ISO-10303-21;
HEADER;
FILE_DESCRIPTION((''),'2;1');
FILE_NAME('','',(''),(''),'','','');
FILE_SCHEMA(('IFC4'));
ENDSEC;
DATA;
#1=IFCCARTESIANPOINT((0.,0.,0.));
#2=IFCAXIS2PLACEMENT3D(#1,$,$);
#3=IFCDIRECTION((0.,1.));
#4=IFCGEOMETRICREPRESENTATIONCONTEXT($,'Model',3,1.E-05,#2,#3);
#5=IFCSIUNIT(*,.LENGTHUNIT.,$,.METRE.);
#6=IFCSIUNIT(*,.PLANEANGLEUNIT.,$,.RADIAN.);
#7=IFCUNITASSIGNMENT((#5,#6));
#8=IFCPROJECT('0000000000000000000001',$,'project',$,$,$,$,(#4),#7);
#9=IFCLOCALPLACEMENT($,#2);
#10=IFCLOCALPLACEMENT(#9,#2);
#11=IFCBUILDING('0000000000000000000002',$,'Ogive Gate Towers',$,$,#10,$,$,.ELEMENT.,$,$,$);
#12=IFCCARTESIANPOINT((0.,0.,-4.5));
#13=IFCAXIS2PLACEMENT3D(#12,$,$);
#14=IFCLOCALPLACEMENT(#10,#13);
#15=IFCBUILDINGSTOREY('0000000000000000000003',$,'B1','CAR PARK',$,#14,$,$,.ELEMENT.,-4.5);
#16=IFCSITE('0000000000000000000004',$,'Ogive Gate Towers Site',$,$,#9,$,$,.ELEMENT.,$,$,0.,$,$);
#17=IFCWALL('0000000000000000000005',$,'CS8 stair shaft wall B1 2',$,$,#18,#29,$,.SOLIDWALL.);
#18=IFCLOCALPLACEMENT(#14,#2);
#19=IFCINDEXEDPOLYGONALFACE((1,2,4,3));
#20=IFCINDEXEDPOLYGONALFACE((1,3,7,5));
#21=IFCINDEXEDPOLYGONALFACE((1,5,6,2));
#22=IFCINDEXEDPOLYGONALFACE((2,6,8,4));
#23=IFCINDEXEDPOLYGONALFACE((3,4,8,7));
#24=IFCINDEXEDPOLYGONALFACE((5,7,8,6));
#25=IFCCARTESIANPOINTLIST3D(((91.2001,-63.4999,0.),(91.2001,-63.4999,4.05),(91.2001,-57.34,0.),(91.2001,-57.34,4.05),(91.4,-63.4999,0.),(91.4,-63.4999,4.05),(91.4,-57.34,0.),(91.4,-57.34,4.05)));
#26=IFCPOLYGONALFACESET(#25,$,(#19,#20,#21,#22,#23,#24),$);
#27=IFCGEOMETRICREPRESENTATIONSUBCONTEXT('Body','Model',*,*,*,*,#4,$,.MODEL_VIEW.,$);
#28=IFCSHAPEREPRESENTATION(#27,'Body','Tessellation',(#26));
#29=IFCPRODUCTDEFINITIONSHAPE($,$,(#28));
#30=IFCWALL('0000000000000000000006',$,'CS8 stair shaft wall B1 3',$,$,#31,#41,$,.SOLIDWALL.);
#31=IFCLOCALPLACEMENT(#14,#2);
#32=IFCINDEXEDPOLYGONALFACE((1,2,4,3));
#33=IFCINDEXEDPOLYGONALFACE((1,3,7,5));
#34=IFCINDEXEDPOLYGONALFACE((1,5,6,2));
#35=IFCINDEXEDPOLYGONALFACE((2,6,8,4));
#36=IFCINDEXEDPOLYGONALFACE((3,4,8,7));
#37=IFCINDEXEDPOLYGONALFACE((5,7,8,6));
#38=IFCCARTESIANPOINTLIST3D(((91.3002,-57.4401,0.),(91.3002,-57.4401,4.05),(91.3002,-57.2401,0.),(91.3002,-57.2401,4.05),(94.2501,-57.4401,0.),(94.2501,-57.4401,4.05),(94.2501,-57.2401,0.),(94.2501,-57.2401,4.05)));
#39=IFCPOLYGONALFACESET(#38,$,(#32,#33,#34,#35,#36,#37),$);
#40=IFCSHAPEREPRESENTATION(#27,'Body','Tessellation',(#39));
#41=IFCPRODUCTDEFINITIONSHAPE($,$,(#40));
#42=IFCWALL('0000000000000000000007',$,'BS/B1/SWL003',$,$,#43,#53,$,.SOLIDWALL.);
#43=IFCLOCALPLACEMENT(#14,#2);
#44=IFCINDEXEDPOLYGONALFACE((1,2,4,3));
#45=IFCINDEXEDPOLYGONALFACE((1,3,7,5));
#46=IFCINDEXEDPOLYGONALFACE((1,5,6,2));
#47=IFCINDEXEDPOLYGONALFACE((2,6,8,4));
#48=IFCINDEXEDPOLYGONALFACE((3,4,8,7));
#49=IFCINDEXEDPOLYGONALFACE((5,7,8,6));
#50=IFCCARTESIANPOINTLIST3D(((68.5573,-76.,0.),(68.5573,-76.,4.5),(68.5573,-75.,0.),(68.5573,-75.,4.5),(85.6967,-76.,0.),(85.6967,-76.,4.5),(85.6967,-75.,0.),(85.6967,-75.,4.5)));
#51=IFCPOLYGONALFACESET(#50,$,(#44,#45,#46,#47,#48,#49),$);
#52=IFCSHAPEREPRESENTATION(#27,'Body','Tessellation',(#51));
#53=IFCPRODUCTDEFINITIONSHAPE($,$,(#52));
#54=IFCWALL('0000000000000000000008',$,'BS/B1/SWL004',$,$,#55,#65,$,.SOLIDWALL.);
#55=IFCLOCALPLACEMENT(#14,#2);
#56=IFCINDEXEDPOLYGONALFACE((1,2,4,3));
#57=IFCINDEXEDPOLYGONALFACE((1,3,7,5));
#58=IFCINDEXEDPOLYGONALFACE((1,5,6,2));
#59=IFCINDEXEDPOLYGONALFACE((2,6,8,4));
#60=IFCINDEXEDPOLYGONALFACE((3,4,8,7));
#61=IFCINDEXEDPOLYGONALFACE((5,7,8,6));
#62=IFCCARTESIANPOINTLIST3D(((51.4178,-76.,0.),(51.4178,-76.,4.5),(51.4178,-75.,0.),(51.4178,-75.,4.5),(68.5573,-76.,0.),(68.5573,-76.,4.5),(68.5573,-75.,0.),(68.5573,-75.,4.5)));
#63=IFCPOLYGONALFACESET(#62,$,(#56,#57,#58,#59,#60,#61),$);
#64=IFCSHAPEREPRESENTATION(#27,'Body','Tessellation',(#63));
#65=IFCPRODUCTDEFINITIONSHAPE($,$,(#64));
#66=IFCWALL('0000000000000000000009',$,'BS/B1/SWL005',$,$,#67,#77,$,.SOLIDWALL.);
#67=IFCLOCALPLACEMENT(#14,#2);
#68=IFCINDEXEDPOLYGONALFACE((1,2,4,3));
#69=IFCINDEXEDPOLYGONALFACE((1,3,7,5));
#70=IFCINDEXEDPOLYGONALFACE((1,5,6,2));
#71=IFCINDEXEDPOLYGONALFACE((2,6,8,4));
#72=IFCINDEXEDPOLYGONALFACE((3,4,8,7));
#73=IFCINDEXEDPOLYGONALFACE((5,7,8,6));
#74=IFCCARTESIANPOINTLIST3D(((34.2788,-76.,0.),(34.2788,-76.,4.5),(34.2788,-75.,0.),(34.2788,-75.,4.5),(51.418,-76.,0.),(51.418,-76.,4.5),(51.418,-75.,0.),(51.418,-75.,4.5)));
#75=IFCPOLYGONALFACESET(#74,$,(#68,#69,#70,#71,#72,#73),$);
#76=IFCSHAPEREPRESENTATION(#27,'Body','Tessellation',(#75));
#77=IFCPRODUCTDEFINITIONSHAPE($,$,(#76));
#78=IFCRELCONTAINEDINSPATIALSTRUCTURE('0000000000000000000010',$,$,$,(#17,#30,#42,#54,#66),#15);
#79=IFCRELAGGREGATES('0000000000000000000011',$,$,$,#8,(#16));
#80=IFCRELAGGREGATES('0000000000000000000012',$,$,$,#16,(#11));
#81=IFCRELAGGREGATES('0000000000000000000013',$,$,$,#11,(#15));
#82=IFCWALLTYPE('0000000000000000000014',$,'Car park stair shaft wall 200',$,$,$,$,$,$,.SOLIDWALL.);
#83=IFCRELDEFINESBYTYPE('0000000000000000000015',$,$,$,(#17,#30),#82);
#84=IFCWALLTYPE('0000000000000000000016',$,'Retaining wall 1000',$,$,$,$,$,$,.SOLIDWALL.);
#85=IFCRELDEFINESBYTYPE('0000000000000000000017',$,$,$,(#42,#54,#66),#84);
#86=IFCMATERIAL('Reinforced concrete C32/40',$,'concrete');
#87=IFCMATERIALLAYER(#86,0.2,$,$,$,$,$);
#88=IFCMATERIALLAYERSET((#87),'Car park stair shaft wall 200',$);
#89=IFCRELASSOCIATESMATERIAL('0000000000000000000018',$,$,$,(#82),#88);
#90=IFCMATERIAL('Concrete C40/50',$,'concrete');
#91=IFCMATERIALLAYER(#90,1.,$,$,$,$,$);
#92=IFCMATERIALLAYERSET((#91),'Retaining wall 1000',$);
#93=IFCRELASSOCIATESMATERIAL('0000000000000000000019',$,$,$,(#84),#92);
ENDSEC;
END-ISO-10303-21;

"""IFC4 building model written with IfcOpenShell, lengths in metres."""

from ifc_helpers import new_model, si_unit, direction, frame, frame_2d, origin, place, context, subcontext, project, spatial, rectangle, extrude, material, layer, layer_set, type_object, element, save


model = new_model("IFC4")

# Units and contexts
model_context = context("Model", 3, precision=1e-05, world=origin(), true_north=direction((0.0, 1.0)))
body_context = subcontext(model_context, "Body", "Model", "MODEL_VIEW")
ifc_project = project(units=[si_unit("LENGTHUNIT", "METRE"), si_unit("PLANEANGLEUNIT", "RADIAN")], contexts=[model_context])

# Site, building, storey
site_placement = place(None, origin())
site = spatial("IfcSite", under=ifc_project, at=site_placement, Name="Ogive Gate Towers Site", CompositionType="ELEMENT", RefElevation=0.0)
building_placement = place(site_placement, origin())
building = spatial("IfcBuilding", under=site, at=building_placement, Name="Ogive Gate Towers", CompositionType="ELEMENT")
storey_placement = place(building_placement, frame((0.0, 0.0, -4.5)))
storey = spatial("IfcBuildingStorey", under=building, at=storey_placement, Name="B1", Description="CAR PARK", CompositionType="ELEMENT", Elevation=-4.5)

# Walls
ifc_material_1 = material(Name="Reinforced concrete C32/40", Category="concrete")
ifc_layer_1 = layer(ifc_material_1, 0.2)
ifc_layer_set_1 = layer_set([ifc_layer_1], Name="Car park stair shaft wall 200")
wall_type_1 = type_object("IfcWallType", Name="Car park stair shaft wall 200", PredefinedType="SOLIDWALL", material=ifc_layer_set_1)
wall_1_placement = place(storey_placement, frame((91.3, -63.5, 0.0), z_axis=(0.0, 0.0, 1.0), x_axis=(0.0, 1.0, 0.0)))
element("IfcWall", 1, at=wall_1_placement, inside=storey, type_object=wall_type_1, Name="CS8 stair shaft wall B1 2", PredefinedType="SOLIDWALL", context=body_context, shape_type="SweptSolid", body=[
    extrude(rectangle(XDim=6.1599, YDim=0.2, at=frame_2d((3.0801, 0.0))), origin(), (0.0, 0.0, 1.0), 4.05),
])
wall_2_placement = place(storey_placement, frame((91.3, -57.3401, 0.0), z_axis=(0.0, 0.0, 1.0), x_axis=(1.0, 0.0, 0.0)))
element("IfcWall", 2, at=wall_2_placement, inside=storey, type_object=wall_type_1, Name="CS8 stair shaft wall B1 3", PredefinedType="SOLIDWALL", context=body_context, shape_type="SweptSolid", body=[
    extrude(rectangle(XDim=2.95, YDim=0.2, at=frame_2d((1.4751, 0.0))), origin(), (0.0, 0.0, 1.0), 4.05),
])
ifc_material_2 = material(Name="Concrete C40/50", Category="concrete")
ifc_layer_2 = layer(ifc_material_2, 1.0)
ifc_layer_set_2 = layer_set([ifc_layer_2], Name="Retaining wall 1000")
wall_type_2 = type_object("IfcWallType", Name="Retaining wall 1000", PredefinedType="SOLIDWALL", material=ifc_layer_set_2)
for number, where, z_axis, x_axis, name in (
    (3, (85.6968, -75.5, 0.0), (0.0, 0.0, 1.0), (-1.0, 0.0, 0.0), "BS/B1/SWL003"),
    (4, (68.5574, -75.5, 0.0), (0.0, 0.0, 1.0), (-1.0, 0.0, 0.0), "BS/B1/SWL004"),
):
    element("IfcWall", number, at=place(storey_placement, frame(where, z_axis=z_axis, x_axis=x_axis)), inside=storey, type_object=wall_type_2, Name=name, PredefinedType="SOLIDWALL", context=body_context, shape_type="SweptSolid", body=[
        extrude(rectangle(XDim=17.1394, YDim=1.0, at=frame_2d((8.5698, 0.0))), origin(), (0.0, 0.0, 1.0), 4.5),
    ])
wall_3_placement = place(storey_placement, frame((51.418, -75.5, 0.0), z_axis=(0.0, 0.0, 1.0), x_axis=(-1.0, 0.0, 0.0)))
element("IfcWall", 5, at=wall_3_placement, inside=storey, type_object=wall_type_2, Name="BS/B1/SWL005", PredefinedType="SOLIDWALL", context=body_context, shape_type="SweptSolid", body=[
    extrude(rectangle(XDim=17.1392, YDim=1.0, at=frame_2d((8.5696, 0.0))), origin(), (0.0, 0.0, 1.0), 4.5),
])

save(model, "model.ifc")
